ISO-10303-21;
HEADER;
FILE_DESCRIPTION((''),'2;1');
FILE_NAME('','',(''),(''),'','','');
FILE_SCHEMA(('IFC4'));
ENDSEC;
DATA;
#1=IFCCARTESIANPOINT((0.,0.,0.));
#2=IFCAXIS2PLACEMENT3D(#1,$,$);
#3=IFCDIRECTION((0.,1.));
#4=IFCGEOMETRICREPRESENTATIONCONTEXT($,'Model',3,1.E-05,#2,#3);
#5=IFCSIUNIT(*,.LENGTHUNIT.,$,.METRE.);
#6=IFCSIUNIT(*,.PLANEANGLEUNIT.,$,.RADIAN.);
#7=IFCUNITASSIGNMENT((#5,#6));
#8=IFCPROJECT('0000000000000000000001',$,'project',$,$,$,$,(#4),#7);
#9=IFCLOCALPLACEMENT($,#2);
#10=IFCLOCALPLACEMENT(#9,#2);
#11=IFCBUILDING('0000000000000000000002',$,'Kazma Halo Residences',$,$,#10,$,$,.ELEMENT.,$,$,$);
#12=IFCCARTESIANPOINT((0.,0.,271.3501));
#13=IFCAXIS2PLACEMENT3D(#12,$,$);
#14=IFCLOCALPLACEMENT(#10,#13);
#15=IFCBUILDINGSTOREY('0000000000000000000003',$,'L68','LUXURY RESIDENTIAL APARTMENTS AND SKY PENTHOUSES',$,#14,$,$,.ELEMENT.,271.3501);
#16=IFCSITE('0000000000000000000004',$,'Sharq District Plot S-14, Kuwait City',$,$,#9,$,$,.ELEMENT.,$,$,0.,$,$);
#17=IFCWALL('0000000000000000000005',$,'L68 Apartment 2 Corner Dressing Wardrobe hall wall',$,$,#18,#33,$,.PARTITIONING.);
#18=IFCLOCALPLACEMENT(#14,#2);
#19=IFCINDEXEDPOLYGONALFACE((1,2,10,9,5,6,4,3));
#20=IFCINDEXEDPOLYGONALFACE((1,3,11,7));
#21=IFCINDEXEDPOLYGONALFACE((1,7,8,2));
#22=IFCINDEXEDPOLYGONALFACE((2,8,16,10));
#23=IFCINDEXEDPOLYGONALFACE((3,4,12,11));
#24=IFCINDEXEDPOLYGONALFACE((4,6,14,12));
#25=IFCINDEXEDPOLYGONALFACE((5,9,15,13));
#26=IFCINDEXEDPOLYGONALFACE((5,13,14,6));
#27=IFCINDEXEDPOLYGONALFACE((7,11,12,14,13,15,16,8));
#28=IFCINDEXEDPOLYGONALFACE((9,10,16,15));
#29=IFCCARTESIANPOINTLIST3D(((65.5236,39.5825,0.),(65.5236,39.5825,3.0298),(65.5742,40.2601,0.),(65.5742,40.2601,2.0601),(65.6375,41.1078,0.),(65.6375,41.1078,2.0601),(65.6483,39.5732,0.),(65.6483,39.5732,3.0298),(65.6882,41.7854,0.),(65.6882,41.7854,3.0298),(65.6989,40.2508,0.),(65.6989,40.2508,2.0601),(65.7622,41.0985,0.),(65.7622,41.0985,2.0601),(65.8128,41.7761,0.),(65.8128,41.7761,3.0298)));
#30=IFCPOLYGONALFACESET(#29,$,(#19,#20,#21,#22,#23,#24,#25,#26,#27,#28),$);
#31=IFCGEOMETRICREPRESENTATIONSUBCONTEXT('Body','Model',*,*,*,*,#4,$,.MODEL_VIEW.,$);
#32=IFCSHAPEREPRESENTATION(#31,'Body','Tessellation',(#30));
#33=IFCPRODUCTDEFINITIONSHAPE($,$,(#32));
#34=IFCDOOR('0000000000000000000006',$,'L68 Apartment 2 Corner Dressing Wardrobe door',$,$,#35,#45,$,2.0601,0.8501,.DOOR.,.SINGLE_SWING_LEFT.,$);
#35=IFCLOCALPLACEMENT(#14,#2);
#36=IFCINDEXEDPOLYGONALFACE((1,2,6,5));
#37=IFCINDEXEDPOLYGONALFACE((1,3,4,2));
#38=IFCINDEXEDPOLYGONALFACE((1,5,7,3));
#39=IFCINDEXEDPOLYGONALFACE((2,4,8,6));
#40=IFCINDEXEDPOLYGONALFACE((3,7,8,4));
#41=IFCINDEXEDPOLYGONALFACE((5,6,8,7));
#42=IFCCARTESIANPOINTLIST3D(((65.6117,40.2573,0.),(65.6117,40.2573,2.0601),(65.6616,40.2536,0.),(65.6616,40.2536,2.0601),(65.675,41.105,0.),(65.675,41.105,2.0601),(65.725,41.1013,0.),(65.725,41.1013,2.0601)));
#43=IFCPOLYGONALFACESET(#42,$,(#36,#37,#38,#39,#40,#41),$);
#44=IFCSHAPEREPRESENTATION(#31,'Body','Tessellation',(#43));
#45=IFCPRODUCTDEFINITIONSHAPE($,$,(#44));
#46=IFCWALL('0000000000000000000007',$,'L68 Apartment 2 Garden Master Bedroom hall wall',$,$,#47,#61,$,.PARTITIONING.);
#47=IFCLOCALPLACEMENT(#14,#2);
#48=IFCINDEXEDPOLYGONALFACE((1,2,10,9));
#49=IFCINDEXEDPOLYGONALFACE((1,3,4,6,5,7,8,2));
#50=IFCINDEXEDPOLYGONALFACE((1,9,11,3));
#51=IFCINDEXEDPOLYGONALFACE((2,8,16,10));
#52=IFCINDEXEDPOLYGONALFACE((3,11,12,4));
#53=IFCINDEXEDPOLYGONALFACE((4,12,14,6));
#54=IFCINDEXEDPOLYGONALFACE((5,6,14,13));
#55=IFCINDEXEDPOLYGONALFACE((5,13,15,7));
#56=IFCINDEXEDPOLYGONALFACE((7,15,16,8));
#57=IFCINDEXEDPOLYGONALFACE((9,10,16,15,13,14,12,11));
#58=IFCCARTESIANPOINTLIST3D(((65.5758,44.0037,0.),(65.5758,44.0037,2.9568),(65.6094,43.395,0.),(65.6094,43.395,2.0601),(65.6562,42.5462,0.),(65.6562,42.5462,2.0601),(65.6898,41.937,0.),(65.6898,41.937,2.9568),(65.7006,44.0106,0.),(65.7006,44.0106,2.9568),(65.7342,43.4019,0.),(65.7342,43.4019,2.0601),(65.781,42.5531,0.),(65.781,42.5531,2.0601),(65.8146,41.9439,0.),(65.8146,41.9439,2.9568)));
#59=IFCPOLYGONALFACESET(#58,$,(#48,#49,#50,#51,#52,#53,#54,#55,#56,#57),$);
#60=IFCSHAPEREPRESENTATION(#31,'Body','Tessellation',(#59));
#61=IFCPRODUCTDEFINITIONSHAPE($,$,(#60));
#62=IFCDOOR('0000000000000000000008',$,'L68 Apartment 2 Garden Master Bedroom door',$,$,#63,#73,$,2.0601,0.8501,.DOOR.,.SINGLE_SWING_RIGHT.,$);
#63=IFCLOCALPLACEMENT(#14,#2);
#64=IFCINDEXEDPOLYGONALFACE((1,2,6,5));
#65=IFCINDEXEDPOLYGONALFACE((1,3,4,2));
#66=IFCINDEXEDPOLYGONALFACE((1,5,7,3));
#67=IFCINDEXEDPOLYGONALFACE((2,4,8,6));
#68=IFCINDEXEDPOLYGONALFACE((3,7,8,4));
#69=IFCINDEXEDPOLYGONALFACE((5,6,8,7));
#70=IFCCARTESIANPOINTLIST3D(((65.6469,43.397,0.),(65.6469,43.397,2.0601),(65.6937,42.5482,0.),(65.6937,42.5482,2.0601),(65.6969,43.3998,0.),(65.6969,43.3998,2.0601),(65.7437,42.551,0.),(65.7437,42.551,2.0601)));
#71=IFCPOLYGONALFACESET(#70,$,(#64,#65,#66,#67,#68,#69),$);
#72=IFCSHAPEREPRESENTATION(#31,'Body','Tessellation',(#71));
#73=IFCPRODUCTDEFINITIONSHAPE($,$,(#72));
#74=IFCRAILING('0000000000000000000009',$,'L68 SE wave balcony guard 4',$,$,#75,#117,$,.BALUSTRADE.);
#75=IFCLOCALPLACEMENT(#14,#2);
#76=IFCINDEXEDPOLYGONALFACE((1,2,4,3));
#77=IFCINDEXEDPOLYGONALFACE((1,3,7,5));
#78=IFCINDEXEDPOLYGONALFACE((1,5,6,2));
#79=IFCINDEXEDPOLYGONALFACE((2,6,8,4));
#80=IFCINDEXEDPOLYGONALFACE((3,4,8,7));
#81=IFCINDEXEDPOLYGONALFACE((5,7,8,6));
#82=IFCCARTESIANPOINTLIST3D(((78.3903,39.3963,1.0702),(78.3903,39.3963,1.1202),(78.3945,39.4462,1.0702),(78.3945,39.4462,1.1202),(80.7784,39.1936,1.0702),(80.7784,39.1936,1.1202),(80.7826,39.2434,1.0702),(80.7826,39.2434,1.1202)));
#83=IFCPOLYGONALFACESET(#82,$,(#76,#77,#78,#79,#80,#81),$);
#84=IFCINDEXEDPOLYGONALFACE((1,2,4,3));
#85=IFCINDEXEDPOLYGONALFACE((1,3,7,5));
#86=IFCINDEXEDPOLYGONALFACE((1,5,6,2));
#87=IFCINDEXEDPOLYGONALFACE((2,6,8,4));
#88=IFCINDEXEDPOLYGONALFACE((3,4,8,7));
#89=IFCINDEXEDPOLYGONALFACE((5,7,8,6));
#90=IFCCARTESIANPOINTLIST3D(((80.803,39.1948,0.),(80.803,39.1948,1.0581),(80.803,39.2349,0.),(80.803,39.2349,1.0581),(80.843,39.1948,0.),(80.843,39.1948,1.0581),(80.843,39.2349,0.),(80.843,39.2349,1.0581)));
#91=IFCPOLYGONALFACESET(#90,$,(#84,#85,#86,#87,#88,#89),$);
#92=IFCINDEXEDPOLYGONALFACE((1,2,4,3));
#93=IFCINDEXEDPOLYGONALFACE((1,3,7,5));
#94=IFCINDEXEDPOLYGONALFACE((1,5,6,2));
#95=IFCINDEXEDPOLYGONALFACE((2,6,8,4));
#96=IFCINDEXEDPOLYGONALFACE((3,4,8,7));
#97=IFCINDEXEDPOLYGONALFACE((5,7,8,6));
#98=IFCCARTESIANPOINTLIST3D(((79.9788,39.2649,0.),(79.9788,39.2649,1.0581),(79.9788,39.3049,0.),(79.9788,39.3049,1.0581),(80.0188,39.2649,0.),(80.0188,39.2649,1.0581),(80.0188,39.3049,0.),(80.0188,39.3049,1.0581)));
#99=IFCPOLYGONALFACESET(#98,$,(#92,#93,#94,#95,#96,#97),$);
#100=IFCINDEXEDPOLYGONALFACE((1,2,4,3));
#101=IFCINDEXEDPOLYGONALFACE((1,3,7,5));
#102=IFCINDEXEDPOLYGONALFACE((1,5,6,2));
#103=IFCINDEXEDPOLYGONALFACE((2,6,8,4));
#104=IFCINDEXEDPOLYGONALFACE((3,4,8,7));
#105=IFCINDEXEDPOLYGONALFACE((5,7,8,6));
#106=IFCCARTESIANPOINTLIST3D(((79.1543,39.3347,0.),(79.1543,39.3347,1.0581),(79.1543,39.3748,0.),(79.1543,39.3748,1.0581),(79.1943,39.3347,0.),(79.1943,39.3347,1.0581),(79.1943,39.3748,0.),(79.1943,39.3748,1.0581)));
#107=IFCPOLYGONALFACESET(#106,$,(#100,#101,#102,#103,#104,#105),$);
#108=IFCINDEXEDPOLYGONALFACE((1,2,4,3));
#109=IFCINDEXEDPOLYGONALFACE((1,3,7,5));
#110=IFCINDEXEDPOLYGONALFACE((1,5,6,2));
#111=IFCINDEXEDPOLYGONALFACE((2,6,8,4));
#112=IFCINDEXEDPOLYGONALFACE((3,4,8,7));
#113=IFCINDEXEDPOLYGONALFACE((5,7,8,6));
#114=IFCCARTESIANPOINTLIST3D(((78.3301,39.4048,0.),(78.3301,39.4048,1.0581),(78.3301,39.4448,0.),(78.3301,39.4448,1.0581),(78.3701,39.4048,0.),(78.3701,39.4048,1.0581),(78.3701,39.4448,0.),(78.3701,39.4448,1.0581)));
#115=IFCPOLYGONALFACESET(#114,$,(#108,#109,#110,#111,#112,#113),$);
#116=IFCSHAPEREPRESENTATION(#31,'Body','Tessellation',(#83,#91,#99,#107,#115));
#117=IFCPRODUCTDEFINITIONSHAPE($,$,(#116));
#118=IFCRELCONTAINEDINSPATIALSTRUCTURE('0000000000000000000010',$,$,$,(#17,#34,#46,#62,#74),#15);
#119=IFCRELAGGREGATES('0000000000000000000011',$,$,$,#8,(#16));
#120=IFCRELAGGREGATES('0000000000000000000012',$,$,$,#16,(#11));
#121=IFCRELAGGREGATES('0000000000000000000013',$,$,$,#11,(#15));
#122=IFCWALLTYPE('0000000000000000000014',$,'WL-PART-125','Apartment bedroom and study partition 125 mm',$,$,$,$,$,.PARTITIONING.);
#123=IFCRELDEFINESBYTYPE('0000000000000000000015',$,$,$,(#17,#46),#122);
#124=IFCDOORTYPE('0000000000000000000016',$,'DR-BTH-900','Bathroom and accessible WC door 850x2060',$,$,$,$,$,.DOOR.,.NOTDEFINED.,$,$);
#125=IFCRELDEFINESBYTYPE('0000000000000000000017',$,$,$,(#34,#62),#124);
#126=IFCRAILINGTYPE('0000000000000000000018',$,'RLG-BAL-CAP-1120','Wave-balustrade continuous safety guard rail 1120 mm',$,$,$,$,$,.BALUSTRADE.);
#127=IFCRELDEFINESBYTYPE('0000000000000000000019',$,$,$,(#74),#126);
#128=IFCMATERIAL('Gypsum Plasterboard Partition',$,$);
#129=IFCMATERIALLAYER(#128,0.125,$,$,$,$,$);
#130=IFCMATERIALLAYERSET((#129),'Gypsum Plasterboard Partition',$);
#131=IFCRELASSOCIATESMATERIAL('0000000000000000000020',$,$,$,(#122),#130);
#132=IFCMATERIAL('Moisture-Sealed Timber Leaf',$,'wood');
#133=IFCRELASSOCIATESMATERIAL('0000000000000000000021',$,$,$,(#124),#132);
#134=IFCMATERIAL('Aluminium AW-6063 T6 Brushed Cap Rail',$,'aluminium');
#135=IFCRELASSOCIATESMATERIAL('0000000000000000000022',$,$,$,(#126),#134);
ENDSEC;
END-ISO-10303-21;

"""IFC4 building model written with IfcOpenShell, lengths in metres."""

from ifc_helpers import new_model, si_unit, direction, frame, frame_2d, origin, origin_2d, place, context, subcontext, project, spatial, rectangle, extrude, material, layer, layer_set, type_object, element, fill, save


model = new_model("IFC4")

# Units and contexts
model_context = context("Model", 3, precision=1e-05, world=origin(), true_north=direction((0.0, 1.0)))
body_context = subcontext(model_context, "Body", "Model", "MODEL_VIEW")
ifc_project = project(units=[si_unit("LENGTHUNIT", "METRE"), si_unit("PLANEANGLEUNIT", "RADIAN")], contexts=[model_context])

# Site, building, storey
site_placement = place(None, origin())
site = spatial("IfcSite", under=ifc_project, at=site_placement, Name="Sharq District Plot S-14, Kuwait City", CompositionType="ELEMENT", RefElevation=0.0)
building_placement = place(site_placement, origin())
building = spatial("IfcBuilding", under=site, at=building_placement, Name="Kazma Halo Residences", CompositionType="ELEMENT")
storey_placement = place(building_placement, frame((0.0, 0.0, 271.3501)))
storey = spatial("IfcBuildingStorey", under=building, at=storey_placement, Name="L68", Description="LUXURY RESIDENTIAL APARTMENTS AND SKY PENTHOUSES", CompositionType="ELEMENT", Elevation=271.3501)

# Shared definitions
ifc_material_1 = material(Name="Gypsum Plasterboard Partition")
ifc_layer_1 = layer(ifc_material_1, 0.125)
ifc_layer_set_1 = layer_set([ifc_layer_1], Name="Gypsum Plasterboard Partition")
wall_type_1 = type_object("IfcWallType", Name="WL-PART-125", Description="Apartment bedroom and study partition 125 mm", PredefinedType="PARTITIONING", material=ifc_layer_set_1)

# Shared definitions
ifc_material_2 = material(Name="Moisture-Sealed Timber Leaf", Category="wood")
door_type = type_object("IfcDoorType", Name="DR-BTH-900", Description="Bathroom and accessible WC door 850x2060", OperationType="NOTDEFINED", PredefinedType="DOOR", material=ifc_material_2)

# Walls, openings, doors
wall_1_placement = place(storey_placement, frame((65.5859, 39.5779, 0.0), z_axis=(0.0, 0.0, 1.0), x_axis=(0.07449, 0.997222, 0.0)))
wall_1 = element("IfcWall", 1, at=wall_1_placement, inside=storey, type_object=wall_type_1, Name="L68 Apartment 2 Corner Dressing Wardrobe hall wall", PredefinedType="PARTITIONING", context=body_context, shape_type="SweptSolid", body=[
    extrude(rectangle(XDim=2.209, YDim=0.125, at=frame_2d((1.1045, 0.0))), origin(), (0.0, 0.0, 1.0), 3.0298),
])
opening_1_placement = place(wall_1_placement, frame((0.6794, 0.0, 0.0)))
opening_1 = element("IfcOpeningElement", 2, at=opening_1_placement, cuts=wall_1, PredefinedType="OPENING", context=body_context, shape_type="SweptSolid", body=[
    extrude(rectangle(XDim=0.8501, YDim=2.0601, at=frame_2d((0.425, 1.03))), frame((0.0, 0.0725, 0.0), z_axis=(0.0, -1.0, 0.0), x_axis=(1.0, 0.0, 0.0)), (0.0, 0.0, 1.0), 0.145),
])
door_1_placement = place(opening_1_placement, origin())
door_1 = element("IfcDoor", 3, at=door_1_placement, inside=storey, type_object=door_type, Name="L68 Apartment 2 Corner Dressing Wardrobe door", OperationType="SINGLE_SWING_LEFT", OverallHeight=2.0601, OverallWidth=0.8501, PredefinedType="DOOR", context=body_context, shape_type="SweptSolid", body=[
    extrude(rectangle(XDim=0.8501, YDim=2.0601, at=frame_2d((0.425, 1.03))), frame((0.0, 0.0249, 0.0), z_axis=(0.0, -1.0, 0.0), x_axis=(1.0, 0.0, 0.0)), (0.0, 0.0, 1.0), 0.05),
])
fill(opening_1, door_1)
wall_2_placement = place(storey_placement, frame((65.7522, 41.9404, 0.0), z_axis=(0.0, 0.0, 1.0), x_axis=(-0.055085, 0.998482, 0.0)))
wall_2 = element("IfcWall", 4, at=wall_2_placement, inside=storey, type_object=wall_type_1, Name="L68 Apartment 2 Garden Master Bedroom hall wall", PredefinedType="PARTITIONING", context=body_context, shape_type="SweptSolid", body=[
    extrude(rectangle(XDim=2.0698, YDim=0.125, at=frame_2d((1.0349, 0.0))), origin(), (0.0, 0.0, 1.0), 2.9568),
])
opening_2_placement = place(wall_2_placement, frame((0.6101, 0.0, 0.0)))
opening_2 = element("IfcOpeningElement", 5, at=opening_2_placement, cuts=wall_2, PredefinedType="OPENING", context=body_context, shape_type="SweptSolid", body=[
    extrude(rectangle(XDim=0.8501, YDim=2.0601, at=frame_2d((0.425, 1.03))), frame((0.0, 0.0725, 0.0), z_axis=(0.0, -1.0, 0.0), x_axis=(1.0, 0.0, 0.0)), (0.0, 0.0, 1.0), 0.145),
])
door_2_placement = place(opening_2_placement, origin())
door_2 = element("IfcDoor", 6, at=door_2_placement, inside=storey, type_object=door_type, Name="L68 Apartment 2 Garden Master Bedroom door", OperationType="SINGLE_SWING_RIGHT", OverallHeight=2.0601, OverallWidth=0.8501, PredefinedType="DOOR", context=body_context, shape_type="SweptSolid", body=[
    extrude(rectangle(XDim=0.8501, YDim=2.0601, at=frame_2d((0.425, 1.03))), frame((0.0, 0.0249, 0.0), z_axis=(0.0, -1.0, 0.0), x_axis=(1.0, 0.0, 0.0)), (0.0, 0.0, 1.0), 0.05),
])
fill(opening_2, door_2)

# Railing
ifc_material_3 = material(Name="Aluminium AW-6063 T6 Brushed Cap Rail", Category="aluminium")
railing_type = type_object("IfcRailingType", Name="RLG-BAL-CAP-1120", Description="Wave-balustrade continuous safety guard rail 1120 mm", PredefinedType="BALUSTRADE", material=ifc_material_3)
railing_placement = place(storey_placement, frame((80.823, 39.2148, 0.0)))
element("IfcRailing", 7, at=railing_placement, inside=storey, type_object=railing_type, Name="L68 SE wave balcony guard 4", PredefinedType="BALUSTRADE", context=body_context, shape_type="SweptSolid", body=[
    extrude(rectangle(XDim=0.05, YDim=0.05, at=origin_2d()), frame((-0.0425, 0.0037, 1.0952), z_axis=(-0.996415, 0.0846, 0.0), x_axis=(-0.0846, -0.996415, 0.0)), (0.0, 0.0, 1.0), 2.3967),
    extrude(rectangle(XDim=0.04, YDim=0.04, at=origin_2d()), origin(), (0.0, 0.0, 1.0), 1.0581),
    extrude(rectangle(XDim=0.04, YDim=0.04, at=origin_2d()), frame((-0.8242, 0.0701, 0.0)), (0.0, 0.0, 1.0), 1.0581),
    extrude(rectangle(XDim=0.04, YDim=0.04, at=origin_2d()), frame((-1.6487, 0.1399, 0.0)), (0.0, 0.0, 1.0), 1.0581),
    extrude(rectangle(XDim=0.04, YDim=0.04, at=origin_2d()), frame((-2.4729, 0.21, 0.0)), (0.0, 0.0, 1.0), 1.0581),
])

save(model, "model.ifc")
